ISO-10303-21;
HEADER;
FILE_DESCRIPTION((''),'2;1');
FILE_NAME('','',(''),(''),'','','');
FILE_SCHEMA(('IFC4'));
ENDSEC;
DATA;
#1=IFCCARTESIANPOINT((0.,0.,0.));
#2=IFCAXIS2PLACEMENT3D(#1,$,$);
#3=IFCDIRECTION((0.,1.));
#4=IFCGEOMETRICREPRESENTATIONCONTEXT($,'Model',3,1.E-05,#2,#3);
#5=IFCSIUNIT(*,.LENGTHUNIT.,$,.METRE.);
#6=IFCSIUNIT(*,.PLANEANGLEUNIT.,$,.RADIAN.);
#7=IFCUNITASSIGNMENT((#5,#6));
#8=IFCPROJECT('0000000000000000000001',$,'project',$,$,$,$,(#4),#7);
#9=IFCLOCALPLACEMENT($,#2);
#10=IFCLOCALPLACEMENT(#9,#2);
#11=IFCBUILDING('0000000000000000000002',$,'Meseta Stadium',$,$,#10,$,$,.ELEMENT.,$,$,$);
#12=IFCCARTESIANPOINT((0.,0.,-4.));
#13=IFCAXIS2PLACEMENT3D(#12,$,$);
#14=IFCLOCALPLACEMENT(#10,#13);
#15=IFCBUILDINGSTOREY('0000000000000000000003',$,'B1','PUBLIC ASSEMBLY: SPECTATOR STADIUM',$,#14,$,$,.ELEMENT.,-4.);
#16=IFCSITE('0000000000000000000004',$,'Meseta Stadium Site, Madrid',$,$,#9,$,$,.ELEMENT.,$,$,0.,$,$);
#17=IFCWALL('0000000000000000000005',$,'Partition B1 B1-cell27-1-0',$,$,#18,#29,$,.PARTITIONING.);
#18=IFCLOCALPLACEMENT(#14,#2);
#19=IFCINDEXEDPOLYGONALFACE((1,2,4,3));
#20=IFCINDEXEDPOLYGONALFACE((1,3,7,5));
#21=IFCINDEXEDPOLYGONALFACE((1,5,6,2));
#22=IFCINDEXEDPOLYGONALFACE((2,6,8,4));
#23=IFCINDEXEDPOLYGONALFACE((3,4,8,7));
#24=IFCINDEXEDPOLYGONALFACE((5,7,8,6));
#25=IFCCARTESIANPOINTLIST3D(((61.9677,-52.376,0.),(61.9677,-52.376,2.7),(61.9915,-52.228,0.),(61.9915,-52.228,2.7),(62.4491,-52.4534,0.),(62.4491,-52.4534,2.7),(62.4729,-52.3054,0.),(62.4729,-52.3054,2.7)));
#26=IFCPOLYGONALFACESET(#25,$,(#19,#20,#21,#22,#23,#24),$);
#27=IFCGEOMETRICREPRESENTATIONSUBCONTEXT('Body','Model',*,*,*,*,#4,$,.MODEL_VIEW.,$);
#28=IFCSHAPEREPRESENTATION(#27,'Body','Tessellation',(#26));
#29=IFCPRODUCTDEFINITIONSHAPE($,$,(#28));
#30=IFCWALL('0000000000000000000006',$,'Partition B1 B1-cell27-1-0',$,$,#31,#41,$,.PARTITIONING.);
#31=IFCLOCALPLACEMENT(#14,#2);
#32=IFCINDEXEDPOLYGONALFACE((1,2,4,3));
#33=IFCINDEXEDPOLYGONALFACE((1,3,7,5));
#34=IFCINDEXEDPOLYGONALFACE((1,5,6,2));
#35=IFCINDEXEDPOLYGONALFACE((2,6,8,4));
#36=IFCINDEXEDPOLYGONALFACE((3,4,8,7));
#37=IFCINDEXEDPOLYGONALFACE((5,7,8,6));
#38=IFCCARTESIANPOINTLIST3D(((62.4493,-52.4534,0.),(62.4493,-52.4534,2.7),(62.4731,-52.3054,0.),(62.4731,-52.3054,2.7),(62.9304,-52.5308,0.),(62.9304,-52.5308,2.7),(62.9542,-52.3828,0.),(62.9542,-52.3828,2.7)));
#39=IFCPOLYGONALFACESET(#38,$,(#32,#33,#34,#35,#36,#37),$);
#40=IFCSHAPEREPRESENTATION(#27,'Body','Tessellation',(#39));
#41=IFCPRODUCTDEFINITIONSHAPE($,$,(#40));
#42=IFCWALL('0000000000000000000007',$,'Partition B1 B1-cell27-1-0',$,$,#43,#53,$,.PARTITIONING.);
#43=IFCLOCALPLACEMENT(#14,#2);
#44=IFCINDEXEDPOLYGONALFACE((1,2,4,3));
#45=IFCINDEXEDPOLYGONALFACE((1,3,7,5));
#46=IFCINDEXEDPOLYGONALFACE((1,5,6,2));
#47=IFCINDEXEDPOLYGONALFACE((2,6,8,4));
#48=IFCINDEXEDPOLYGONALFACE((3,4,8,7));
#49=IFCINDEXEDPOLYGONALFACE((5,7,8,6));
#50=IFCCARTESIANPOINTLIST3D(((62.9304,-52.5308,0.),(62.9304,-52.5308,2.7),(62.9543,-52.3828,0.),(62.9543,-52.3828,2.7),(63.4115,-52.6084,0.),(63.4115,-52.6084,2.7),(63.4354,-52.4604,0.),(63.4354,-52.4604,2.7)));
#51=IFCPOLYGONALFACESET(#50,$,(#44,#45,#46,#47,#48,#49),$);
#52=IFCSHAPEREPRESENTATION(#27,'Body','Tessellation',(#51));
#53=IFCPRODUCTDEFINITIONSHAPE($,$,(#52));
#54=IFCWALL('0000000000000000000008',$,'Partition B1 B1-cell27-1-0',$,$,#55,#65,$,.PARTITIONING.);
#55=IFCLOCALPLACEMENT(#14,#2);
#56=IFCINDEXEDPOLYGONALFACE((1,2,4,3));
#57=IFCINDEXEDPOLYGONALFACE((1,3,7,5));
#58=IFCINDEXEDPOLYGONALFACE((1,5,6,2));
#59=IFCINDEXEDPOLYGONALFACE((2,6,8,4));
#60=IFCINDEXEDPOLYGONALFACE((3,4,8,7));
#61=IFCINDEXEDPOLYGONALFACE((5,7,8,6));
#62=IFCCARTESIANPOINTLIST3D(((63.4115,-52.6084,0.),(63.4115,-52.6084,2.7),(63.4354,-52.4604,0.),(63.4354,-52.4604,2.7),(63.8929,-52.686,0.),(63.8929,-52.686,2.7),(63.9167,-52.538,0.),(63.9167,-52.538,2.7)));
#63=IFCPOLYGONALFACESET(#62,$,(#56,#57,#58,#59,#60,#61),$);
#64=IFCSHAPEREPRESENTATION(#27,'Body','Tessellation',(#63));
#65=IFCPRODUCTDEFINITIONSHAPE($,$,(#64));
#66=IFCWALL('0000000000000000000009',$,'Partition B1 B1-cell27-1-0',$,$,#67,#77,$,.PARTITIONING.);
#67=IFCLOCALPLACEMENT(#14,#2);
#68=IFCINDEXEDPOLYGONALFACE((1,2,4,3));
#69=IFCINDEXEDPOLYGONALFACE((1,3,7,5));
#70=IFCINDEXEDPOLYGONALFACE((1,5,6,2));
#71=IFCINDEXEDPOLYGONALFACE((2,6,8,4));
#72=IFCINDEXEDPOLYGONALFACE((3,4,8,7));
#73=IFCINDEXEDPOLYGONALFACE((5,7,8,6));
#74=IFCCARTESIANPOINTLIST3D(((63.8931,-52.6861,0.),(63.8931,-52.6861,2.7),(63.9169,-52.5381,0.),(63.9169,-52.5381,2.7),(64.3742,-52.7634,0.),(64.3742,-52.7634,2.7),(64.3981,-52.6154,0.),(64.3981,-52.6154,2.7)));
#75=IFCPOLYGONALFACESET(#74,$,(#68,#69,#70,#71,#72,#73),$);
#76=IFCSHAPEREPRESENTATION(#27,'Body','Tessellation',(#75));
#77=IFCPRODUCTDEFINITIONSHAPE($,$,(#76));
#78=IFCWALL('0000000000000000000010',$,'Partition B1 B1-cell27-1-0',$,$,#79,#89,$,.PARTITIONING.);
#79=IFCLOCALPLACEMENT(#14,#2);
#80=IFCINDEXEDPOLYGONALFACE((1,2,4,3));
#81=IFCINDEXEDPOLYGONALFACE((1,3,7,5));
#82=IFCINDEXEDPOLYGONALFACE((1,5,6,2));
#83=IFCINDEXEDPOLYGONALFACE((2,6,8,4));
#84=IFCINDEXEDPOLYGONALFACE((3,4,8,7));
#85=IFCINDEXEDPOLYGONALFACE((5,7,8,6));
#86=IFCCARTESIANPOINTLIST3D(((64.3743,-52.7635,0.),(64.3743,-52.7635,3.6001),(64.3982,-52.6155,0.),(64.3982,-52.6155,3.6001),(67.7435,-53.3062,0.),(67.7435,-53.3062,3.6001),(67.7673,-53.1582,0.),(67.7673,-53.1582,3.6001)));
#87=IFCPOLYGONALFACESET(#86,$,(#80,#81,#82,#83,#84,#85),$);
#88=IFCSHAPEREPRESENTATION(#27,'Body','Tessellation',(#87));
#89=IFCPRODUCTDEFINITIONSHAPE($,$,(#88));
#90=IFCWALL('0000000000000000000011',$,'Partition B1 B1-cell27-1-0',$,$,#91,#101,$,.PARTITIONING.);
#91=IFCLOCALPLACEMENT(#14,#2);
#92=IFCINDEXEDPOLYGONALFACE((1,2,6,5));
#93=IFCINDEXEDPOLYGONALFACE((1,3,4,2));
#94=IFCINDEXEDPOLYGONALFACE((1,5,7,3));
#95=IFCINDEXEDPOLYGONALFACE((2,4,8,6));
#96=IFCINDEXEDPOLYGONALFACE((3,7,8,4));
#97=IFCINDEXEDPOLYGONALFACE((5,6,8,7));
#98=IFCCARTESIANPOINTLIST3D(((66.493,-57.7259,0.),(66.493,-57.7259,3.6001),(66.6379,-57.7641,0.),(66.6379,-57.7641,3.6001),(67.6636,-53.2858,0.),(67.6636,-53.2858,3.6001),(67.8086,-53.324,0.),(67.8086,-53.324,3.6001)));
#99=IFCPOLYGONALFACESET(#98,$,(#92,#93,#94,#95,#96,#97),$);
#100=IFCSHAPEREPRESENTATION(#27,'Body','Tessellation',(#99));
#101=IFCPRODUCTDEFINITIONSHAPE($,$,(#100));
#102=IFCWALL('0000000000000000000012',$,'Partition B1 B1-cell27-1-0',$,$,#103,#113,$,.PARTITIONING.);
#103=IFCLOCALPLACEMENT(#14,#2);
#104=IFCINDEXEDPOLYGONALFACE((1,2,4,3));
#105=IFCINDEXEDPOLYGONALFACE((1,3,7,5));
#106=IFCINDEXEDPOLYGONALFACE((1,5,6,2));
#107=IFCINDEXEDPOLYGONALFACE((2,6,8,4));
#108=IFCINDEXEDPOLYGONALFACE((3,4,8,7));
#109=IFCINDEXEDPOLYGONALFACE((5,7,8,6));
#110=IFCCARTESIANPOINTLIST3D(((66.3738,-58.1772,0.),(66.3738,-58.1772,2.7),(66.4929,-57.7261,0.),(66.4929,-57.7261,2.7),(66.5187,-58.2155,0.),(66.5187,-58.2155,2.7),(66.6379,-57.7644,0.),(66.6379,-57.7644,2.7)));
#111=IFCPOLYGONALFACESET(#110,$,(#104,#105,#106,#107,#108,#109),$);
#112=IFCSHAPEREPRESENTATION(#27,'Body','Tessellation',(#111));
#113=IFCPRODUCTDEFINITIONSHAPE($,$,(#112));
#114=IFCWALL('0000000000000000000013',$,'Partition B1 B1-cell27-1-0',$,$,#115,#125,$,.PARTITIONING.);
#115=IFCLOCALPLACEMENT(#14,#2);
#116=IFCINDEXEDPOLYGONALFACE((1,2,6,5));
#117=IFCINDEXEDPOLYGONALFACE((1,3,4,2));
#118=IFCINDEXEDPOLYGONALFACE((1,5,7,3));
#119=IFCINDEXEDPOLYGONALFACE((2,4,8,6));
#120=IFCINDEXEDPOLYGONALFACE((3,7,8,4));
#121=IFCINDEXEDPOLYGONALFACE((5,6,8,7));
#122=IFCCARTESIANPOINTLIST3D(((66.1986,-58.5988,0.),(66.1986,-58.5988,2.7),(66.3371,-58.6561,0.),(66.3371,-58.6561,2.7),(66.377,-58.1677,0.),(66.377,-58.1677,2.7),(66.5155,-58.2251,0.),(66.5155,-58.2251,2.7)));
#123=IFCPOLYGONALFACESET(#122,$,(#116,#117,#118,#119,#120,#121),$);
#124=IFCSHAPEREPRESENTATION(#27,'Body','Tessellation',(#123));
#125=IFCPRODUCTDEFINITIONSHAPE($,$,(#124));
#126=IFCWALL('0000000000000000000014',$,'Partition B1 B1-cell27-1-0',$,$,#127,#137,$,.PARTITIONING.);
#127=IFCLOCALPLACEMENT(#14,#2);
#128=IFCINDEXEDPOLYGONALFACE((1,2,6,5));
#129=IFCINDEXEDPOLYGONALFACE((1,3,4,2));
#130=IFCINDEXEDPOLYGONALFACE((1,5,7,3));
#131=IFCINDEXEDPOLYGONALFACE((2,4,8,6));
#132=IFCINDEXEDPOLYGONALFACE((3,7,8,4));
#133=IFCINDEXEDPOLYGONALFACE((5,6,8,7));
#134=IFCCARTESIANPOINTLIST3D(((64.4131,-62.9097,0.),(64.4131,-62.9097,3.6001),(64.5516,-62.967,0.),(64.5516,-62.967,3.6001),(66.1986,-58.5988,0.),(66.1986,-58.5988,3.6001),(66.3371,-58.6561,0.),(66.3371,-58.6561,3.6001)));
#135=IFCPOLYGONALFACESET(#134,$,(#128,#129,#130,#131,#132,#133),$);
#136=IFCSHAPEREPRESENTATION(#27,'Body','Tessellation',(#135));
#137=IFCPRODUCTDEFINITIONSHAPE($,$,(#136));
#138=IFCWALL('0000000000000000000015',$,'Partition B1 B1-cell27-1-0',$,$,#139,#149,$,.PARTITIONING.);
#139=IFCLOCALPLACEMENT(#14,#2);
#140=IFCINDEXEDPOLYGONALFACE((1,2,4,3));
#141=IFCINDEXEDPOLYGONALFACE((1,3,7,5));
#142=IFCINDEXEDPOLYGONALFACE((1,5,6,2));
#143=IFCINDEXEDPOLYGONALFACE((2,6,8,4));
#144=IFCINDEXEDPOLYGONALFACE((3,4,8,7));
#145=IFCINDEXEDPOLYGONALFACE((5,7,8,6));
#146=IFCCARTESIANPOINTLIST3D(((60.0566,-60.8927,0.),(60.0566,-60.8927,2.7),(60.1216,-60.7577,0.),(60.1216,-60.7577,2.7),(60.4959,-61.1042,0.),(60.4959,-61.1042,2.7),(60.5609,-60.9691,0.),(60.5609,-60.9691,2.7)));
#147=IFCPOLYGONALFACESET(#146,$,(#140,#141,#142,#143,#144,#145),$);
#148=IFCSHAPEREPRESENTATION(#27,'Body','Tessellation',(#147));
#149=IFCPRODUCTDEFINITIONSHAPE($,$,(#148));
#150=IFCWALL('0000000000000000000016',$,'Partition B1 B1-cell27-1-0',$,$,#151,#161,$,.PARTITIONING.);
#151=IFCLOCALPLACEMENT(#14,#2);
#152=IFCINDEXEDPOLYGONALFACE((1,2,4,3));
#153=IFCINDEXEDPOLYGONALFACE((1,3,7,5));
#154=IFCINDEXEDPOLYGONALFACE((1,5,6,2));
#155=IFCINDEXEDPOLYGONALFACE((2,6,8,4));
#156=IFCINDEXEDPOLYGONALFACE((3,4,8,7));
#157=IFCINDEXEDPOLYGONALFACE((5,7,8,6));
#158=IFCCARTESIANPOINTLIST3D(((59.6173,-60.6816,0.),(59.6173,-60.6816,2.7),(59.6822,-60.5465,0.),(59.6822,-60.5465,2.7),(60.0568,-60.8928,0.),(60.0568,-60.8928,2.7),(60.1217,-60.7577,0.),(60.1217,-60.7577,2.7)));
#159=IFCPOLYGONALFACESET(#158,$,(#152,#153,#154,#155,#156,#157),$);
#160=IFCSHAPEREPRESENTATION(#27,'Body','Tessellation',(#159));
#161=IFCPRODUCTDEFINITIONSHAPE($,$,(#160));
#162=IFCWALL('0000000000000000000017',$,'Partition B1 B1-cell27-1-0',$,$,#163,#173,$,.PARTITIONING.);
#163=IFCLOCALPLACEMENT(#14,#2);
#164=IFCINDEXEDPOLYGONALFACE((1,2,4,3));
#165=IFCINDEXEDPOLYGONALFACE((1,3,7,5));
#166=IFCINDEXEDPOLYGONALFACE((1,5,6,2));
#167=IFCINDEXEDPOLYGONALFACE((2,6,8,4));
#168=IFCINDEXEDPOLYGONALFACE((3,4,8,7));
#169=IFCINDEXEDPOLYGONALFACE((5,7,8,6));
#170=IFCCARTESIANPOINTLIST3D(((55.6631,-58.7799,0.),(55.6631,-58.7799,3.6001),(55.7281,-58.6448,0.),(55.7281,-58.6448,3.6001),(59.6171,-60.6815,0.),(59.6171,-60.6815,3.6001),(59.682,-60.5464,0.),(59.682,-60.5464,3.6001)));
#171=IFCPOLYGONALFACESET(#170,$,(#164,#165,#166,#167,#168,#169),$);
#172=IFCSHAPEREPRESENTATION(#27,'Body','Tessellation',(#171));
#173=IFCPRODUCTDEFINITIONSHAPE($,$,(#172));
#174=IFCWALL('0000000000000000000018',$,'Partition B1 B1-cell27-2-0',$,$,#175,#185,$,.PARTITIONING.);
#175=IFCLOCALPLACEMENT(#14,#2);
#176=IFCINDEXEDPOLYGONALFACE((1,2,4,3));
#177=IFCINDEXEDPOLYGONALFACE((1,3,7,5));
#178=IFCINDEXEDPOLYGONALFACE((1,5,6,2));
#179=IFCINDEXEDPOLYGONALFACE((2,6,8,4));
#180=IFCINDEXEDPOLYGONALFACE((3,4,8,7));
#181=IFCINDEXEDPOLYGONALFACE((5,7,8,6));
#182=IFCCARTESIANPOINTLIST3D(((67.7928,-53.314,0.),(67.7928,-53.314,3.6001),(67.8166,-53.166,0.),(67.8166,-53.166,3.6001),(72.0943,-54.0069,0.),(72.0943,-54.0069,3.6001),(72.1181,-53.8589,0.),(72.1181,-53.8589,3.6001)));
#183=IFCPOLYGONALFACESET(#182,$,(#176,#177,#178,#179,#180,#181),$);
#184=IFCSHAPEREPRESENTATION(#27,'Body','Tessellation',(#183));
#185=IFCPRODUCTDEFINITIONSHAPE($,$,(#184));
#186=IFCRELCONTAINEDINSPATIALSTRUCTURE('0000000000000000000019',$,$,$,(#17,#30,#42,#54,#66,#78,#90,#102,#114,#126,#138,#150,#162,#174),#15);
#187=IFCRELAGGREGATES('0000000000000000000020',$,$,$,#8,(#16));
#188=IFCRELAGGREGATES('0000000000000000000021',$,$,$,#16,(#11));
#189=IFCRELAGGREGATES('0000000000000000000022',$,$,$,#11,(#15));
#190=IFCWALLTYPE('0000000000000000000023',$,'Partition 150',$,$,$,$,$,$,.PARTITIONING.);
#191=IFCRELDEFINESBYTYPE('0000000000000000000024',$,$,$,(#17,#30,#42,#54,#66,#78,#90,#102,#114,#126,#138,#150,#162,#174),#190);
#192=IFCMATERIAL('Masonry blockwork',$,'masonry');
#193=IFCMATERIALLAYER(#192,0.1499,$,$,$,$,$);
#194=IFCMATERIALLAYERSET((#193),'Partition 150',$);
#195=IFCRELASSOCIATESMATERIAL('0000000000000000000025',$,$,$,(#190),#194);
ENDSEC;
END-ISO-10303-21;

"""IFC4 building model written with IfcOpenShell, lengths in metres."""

from ifc_helpers import new_model, si_unit, direction, frame, frame_2d, origin, place, context, subcontext, project, spatial, rectangle, extrude, material, layer, layer_set, type_object, element, save


model = new_model("IFC4")

# Units and contexts
model_context = context("Model", 3, precision=1e-05, world=origin(), true_north=direction((0.0, 1.0)))
body_context = subcontext(model_context, "Body", "Model", "MODEL_VIEW")
ifc_project = project(units=[si_unit("LENGTHUNIT", "METRE"), si_unit("PLANEANGLEUNIT", "RADIAN")], contexts=[model_context])

# Site, building, storey
site_placement = place(None, origin())
site = spatial("IfcSite", under=ifc_project, at=site_placement, Name="Meseta Stadium Site, Madrid", CompositionType="ELEMENT", RefElevation=0.0)
building_placement = place(site_placement, origin())
building = spatial("IfcBuilding", under=site, at=building_placement, Name="Meseta Stadium", CompositionType="ELEMENT")
storey_placement = place(building_placement, frame((0.0, 0.0, -4.0)))
storey = spatial("IfcBuildingStorey", under=building, at=storey_placement, Name="B1", Description="PUBLIC ASSEMBLY: SPECTATOR STADIUM", CompositionType="ELEMENT", Elevation=-4.0)

# Walls
ifc_material_1 = material(Name="Masonry blockwork", Category="masonry")
ifc_layer = layer(ifc_material_1, 0.1499)
ifc_layer_set = layer_set([ifc_layer], Name="Partition 150")
wall_type = type_object("IfcWallType", Name="Partition 150", PredefinedType="PARTITIONING", material=ifc_layer_set)
for number, where, z_axis, x_axis, name in (
    (1, (61.9797, -52.302, 0.0), (0.0, 0.0, 1.0), (0.987325, -0.158713, 0.0), "Partition B1 B1-cell27-1-0"),
):
    element("IfcWall", number, at=place(storey_placement, frame(where, z_axis=z_axis, x_axis=x_axis)), inside=storey, type_object=wall_type, Name=name, PredefinedType="PARTITIONING", context=body_context, shape_type="SweptSolid", body=[
        extrude(rectangle(XDim=0.4875, YDim=0.1499, at=frame_2d((0.2437, 0.0))), origin(), (0.0, 0.0, 1.0), 2.7),
    ])
for number, where, z_axis, x_axis, name in (
    (2, (62.4612, -52.3794, 0.0), (0.0, 0.0, 1.0), (0.987312, -0.158791, 0.0), "Partition B1 B1-cell27-1-0"),
    (3, (62.9424, -52.4568, 0.0), (0.0, 0.0, 1.0), (0.987233, -0.15928, 0.0), "Partition B1 B1-cell27-1-0"),
):
    element("IfcWall", number, at=place(storey_placement, frame(where, z_axis=z_axis, x_axis=x_axis)), inside=storey, type_object=wall_type, Name=name, PredefinedType="PARTITIONING", context=body_context, shape_type="SweptSolid", body=[
        extrude(rectangle(XDim=0.4873, YDim=0.1499, at=frame_2d((0.2437, 0.0))), origin(), (0.0, 0.0, 1.0), 2.7),
    ])
wall_1_placement = place(storey_placement, frame((63.4236, -52.5344, 0.0), z_axis=(0.0, 0.0, 1.0), x_axis=(0.987246, -0.159201, 0.0)))
element("IfcWall", 4, at=wall_1_placement, inside=storey, type_object=wall_type, Name="Partition B1 B1-cell27-1-0", PredefinedType="PARTITIONING", context=body_context, shape_type="SweptSolid", body=[
    extrude(rectangle(XDim=0.4875, YDim=0.1499, at=frame_2d((0.2437, 0.0))), origin(), (0.0, 0.0, 1.0), 2.7),
])
wall_2_placement = place(storey_placement, frame((63.905, -52.6121, 0.0), z_axis=(0.0, 0.0, 1.0), x_axis=(0.987312, -0.158791, 0.0)))
element("IfcWall", 5, at=wall_2_placement, inside=storey, type_object=wall_type, Name="Partition B1 B1-cell27-1-0", PredefinedType="PARTITIONING", context=body_context, shape_type="SweptSolid", body=[
    extrude(rectangle(XDim=0.4873, YDim=0.1499, at=frame_2d((0.2437, 0.0))), origin(), (0.0, 0.0, 1.0), 2.7),
])
wall_3_placement = place(storey_placement, frame((64.3862, -52.6895, 0.0), z_axis=(0.0, 0.0, 1.0), x_axis=(0.987273, -0.159037, 0.0)))
element("IfcWall", 6, at=wall_3_placement, inside=storey, type_object=wall_type, Name="Partition B1 B1-cell27-1-0", PredefinedType="PARTITIONING", context=body_context, shape_type="SweptSolid", body=[
    extrude(rectangle(XDim=3.4126, YDim=0.1499, at=frame_2d((1.7063, 0.0))), origin(), (0.0, 0.0, 1.0), 3.6001),
])
wall_4_placement = place(storey_placement, frame((67.7361, -53.3049, 0.0), z_axis=(0.0, 0.0, 1.0), x_axis=(-0.254938, -0.966957, 0.0)))
element("IfcWall", 7, at=wall_4_placement, inside=storey, type_object=wall_type, Name="Partition B1 B1-cell27-1-0", PredefinedType="PARTITIONING", context=body_context, shape_type="SweptSolid", body=[
    extrude(rectangle(XDim=4.5918, YDim=0.1499, at=frame_2d((2.2959, 0.0))), origin(), (0.0, 0.0, 1.0), 3.6001),
])
for number, where, z_axis, x_axis, name in (
    (8, (66.5654, -57.7451, 0.0), (0.0, 0.0, 1.0), (-0.255317, -0.966857, 0.0), "Partition B1 B1-cell27-1-0"),
    (9, (66.4463, -58.1963, 0.0), (0.0, 0.0, 1.0), (-0.38246, -0.923972, 0.0), "Partition B1 B1-cell27-1-0"),
):
    element("IfcWall", number, at=place(storey_placement, frame(where, z_axis=z_axis, x_axis=x_axis)), inside=storey, type_object=wall_type, Name=name, PredefinedType="PARTITIONING", context=body_context, shape_type="SweptSolid", body=[
        extrude(rectangle(XDim=0.4666, YDim=0.1499, at=frame_2d((0.2334, 0.0))), origin(), (0.0, 0.0, 1.0), 2.7),
    ])
wall_5_placement = place(storey_placement, frame((66.2678, -58.6274, 0.0), z_axis=(0.0, 0.0, 1.0), x_axis=(-0.382649, -0.923894, 0.0)))
element("IfcWall", 10, at=wall_5_placement, inside=storey, type_object=wall_type, Name="Partition B1 B1-cell27-1-0", PredefinedType="PARTITIONING", context=body_context, shape_type="SweptSolid", body=[
    extrude(rectangle(XDim=4.666, YDim=0.1499, at=frame_2d((2.333, 0.0))), origin(), (0.0, 0.0, 1.0), 3.6001),
])
for number, where, z_axis, x_axis, name in (
    (11, (60.5283, -61.0366, 0.0), (0.0, 0.0, 1.0), (-0.901038, 0.43374, 0.0), "Partition B1 B1-cell27-1-0"),
    (12, (60.0891, -60.8252, 0.0), (0.0, 0.0, 1.0), (-0.901328, 0.433138, 0.0), "Partition B1 B1-cell27-1-0"),
):
    element("IfcWall", number, at=place(storey_placement, frame(where, z_axis=z_axis, x_axis=x_axis)), inside=storey, type_object=wall_type, Name=name, PredefinedType="PARTITIONING", context=body_context, shape_type="SweptSolid", body=[
        extrude(rectangle(XDim=0.4875, YDim=0.1499, at=frame_2d((0.2437, 0.0))), origin(), (0.0, 0.0, 1.0), 2.7),
    ])
wall_6_placement = place(storey_placement, frame((59.6497, -60.614, 0.0), z_axis=(0.0, 0.0, 1.0), x_axis=(-0.901188, 0.433427, 0.0)))
element("IfcWall", 13, at=wall_6_placement, inside=storey, type_object=wall_type, Name="Partition B1 B1-cell27-1-0", PredefinedType="PARTITIONING", context=body_context, shape_type="SweptSolid", body=[
    extrude(rectangle(XDim=4.3875, YDim=0.1499, at=frame_2d((2.1938, 0.0))), origin(), (0.0, 0.0, 1.0), 3.6001),
])
wall_7_placement = place(storey_placement, frame((67.8047, -53.24, 0.0), z_axis=(0.0, 0.0, 1.0), x_axis=(0.987274, -0.159026, 0.0)))
element("IfcWall", 14, at=wall_7_placement, inside=storey, type_object=wall_type, Name="Partition B1 B1-cell27-2-0", PredefinedType="PARTITIONING", context=body_context, shape_type="SweptSolid", body=[
    extrude(rectangle(XDim=4.3569, YDim=0.1499, at=frame_2d((2.1785, 0.0))), origin(), (0.0, 0.0, 1.0), 3.6001),
])

save(model, "model.ifc")
